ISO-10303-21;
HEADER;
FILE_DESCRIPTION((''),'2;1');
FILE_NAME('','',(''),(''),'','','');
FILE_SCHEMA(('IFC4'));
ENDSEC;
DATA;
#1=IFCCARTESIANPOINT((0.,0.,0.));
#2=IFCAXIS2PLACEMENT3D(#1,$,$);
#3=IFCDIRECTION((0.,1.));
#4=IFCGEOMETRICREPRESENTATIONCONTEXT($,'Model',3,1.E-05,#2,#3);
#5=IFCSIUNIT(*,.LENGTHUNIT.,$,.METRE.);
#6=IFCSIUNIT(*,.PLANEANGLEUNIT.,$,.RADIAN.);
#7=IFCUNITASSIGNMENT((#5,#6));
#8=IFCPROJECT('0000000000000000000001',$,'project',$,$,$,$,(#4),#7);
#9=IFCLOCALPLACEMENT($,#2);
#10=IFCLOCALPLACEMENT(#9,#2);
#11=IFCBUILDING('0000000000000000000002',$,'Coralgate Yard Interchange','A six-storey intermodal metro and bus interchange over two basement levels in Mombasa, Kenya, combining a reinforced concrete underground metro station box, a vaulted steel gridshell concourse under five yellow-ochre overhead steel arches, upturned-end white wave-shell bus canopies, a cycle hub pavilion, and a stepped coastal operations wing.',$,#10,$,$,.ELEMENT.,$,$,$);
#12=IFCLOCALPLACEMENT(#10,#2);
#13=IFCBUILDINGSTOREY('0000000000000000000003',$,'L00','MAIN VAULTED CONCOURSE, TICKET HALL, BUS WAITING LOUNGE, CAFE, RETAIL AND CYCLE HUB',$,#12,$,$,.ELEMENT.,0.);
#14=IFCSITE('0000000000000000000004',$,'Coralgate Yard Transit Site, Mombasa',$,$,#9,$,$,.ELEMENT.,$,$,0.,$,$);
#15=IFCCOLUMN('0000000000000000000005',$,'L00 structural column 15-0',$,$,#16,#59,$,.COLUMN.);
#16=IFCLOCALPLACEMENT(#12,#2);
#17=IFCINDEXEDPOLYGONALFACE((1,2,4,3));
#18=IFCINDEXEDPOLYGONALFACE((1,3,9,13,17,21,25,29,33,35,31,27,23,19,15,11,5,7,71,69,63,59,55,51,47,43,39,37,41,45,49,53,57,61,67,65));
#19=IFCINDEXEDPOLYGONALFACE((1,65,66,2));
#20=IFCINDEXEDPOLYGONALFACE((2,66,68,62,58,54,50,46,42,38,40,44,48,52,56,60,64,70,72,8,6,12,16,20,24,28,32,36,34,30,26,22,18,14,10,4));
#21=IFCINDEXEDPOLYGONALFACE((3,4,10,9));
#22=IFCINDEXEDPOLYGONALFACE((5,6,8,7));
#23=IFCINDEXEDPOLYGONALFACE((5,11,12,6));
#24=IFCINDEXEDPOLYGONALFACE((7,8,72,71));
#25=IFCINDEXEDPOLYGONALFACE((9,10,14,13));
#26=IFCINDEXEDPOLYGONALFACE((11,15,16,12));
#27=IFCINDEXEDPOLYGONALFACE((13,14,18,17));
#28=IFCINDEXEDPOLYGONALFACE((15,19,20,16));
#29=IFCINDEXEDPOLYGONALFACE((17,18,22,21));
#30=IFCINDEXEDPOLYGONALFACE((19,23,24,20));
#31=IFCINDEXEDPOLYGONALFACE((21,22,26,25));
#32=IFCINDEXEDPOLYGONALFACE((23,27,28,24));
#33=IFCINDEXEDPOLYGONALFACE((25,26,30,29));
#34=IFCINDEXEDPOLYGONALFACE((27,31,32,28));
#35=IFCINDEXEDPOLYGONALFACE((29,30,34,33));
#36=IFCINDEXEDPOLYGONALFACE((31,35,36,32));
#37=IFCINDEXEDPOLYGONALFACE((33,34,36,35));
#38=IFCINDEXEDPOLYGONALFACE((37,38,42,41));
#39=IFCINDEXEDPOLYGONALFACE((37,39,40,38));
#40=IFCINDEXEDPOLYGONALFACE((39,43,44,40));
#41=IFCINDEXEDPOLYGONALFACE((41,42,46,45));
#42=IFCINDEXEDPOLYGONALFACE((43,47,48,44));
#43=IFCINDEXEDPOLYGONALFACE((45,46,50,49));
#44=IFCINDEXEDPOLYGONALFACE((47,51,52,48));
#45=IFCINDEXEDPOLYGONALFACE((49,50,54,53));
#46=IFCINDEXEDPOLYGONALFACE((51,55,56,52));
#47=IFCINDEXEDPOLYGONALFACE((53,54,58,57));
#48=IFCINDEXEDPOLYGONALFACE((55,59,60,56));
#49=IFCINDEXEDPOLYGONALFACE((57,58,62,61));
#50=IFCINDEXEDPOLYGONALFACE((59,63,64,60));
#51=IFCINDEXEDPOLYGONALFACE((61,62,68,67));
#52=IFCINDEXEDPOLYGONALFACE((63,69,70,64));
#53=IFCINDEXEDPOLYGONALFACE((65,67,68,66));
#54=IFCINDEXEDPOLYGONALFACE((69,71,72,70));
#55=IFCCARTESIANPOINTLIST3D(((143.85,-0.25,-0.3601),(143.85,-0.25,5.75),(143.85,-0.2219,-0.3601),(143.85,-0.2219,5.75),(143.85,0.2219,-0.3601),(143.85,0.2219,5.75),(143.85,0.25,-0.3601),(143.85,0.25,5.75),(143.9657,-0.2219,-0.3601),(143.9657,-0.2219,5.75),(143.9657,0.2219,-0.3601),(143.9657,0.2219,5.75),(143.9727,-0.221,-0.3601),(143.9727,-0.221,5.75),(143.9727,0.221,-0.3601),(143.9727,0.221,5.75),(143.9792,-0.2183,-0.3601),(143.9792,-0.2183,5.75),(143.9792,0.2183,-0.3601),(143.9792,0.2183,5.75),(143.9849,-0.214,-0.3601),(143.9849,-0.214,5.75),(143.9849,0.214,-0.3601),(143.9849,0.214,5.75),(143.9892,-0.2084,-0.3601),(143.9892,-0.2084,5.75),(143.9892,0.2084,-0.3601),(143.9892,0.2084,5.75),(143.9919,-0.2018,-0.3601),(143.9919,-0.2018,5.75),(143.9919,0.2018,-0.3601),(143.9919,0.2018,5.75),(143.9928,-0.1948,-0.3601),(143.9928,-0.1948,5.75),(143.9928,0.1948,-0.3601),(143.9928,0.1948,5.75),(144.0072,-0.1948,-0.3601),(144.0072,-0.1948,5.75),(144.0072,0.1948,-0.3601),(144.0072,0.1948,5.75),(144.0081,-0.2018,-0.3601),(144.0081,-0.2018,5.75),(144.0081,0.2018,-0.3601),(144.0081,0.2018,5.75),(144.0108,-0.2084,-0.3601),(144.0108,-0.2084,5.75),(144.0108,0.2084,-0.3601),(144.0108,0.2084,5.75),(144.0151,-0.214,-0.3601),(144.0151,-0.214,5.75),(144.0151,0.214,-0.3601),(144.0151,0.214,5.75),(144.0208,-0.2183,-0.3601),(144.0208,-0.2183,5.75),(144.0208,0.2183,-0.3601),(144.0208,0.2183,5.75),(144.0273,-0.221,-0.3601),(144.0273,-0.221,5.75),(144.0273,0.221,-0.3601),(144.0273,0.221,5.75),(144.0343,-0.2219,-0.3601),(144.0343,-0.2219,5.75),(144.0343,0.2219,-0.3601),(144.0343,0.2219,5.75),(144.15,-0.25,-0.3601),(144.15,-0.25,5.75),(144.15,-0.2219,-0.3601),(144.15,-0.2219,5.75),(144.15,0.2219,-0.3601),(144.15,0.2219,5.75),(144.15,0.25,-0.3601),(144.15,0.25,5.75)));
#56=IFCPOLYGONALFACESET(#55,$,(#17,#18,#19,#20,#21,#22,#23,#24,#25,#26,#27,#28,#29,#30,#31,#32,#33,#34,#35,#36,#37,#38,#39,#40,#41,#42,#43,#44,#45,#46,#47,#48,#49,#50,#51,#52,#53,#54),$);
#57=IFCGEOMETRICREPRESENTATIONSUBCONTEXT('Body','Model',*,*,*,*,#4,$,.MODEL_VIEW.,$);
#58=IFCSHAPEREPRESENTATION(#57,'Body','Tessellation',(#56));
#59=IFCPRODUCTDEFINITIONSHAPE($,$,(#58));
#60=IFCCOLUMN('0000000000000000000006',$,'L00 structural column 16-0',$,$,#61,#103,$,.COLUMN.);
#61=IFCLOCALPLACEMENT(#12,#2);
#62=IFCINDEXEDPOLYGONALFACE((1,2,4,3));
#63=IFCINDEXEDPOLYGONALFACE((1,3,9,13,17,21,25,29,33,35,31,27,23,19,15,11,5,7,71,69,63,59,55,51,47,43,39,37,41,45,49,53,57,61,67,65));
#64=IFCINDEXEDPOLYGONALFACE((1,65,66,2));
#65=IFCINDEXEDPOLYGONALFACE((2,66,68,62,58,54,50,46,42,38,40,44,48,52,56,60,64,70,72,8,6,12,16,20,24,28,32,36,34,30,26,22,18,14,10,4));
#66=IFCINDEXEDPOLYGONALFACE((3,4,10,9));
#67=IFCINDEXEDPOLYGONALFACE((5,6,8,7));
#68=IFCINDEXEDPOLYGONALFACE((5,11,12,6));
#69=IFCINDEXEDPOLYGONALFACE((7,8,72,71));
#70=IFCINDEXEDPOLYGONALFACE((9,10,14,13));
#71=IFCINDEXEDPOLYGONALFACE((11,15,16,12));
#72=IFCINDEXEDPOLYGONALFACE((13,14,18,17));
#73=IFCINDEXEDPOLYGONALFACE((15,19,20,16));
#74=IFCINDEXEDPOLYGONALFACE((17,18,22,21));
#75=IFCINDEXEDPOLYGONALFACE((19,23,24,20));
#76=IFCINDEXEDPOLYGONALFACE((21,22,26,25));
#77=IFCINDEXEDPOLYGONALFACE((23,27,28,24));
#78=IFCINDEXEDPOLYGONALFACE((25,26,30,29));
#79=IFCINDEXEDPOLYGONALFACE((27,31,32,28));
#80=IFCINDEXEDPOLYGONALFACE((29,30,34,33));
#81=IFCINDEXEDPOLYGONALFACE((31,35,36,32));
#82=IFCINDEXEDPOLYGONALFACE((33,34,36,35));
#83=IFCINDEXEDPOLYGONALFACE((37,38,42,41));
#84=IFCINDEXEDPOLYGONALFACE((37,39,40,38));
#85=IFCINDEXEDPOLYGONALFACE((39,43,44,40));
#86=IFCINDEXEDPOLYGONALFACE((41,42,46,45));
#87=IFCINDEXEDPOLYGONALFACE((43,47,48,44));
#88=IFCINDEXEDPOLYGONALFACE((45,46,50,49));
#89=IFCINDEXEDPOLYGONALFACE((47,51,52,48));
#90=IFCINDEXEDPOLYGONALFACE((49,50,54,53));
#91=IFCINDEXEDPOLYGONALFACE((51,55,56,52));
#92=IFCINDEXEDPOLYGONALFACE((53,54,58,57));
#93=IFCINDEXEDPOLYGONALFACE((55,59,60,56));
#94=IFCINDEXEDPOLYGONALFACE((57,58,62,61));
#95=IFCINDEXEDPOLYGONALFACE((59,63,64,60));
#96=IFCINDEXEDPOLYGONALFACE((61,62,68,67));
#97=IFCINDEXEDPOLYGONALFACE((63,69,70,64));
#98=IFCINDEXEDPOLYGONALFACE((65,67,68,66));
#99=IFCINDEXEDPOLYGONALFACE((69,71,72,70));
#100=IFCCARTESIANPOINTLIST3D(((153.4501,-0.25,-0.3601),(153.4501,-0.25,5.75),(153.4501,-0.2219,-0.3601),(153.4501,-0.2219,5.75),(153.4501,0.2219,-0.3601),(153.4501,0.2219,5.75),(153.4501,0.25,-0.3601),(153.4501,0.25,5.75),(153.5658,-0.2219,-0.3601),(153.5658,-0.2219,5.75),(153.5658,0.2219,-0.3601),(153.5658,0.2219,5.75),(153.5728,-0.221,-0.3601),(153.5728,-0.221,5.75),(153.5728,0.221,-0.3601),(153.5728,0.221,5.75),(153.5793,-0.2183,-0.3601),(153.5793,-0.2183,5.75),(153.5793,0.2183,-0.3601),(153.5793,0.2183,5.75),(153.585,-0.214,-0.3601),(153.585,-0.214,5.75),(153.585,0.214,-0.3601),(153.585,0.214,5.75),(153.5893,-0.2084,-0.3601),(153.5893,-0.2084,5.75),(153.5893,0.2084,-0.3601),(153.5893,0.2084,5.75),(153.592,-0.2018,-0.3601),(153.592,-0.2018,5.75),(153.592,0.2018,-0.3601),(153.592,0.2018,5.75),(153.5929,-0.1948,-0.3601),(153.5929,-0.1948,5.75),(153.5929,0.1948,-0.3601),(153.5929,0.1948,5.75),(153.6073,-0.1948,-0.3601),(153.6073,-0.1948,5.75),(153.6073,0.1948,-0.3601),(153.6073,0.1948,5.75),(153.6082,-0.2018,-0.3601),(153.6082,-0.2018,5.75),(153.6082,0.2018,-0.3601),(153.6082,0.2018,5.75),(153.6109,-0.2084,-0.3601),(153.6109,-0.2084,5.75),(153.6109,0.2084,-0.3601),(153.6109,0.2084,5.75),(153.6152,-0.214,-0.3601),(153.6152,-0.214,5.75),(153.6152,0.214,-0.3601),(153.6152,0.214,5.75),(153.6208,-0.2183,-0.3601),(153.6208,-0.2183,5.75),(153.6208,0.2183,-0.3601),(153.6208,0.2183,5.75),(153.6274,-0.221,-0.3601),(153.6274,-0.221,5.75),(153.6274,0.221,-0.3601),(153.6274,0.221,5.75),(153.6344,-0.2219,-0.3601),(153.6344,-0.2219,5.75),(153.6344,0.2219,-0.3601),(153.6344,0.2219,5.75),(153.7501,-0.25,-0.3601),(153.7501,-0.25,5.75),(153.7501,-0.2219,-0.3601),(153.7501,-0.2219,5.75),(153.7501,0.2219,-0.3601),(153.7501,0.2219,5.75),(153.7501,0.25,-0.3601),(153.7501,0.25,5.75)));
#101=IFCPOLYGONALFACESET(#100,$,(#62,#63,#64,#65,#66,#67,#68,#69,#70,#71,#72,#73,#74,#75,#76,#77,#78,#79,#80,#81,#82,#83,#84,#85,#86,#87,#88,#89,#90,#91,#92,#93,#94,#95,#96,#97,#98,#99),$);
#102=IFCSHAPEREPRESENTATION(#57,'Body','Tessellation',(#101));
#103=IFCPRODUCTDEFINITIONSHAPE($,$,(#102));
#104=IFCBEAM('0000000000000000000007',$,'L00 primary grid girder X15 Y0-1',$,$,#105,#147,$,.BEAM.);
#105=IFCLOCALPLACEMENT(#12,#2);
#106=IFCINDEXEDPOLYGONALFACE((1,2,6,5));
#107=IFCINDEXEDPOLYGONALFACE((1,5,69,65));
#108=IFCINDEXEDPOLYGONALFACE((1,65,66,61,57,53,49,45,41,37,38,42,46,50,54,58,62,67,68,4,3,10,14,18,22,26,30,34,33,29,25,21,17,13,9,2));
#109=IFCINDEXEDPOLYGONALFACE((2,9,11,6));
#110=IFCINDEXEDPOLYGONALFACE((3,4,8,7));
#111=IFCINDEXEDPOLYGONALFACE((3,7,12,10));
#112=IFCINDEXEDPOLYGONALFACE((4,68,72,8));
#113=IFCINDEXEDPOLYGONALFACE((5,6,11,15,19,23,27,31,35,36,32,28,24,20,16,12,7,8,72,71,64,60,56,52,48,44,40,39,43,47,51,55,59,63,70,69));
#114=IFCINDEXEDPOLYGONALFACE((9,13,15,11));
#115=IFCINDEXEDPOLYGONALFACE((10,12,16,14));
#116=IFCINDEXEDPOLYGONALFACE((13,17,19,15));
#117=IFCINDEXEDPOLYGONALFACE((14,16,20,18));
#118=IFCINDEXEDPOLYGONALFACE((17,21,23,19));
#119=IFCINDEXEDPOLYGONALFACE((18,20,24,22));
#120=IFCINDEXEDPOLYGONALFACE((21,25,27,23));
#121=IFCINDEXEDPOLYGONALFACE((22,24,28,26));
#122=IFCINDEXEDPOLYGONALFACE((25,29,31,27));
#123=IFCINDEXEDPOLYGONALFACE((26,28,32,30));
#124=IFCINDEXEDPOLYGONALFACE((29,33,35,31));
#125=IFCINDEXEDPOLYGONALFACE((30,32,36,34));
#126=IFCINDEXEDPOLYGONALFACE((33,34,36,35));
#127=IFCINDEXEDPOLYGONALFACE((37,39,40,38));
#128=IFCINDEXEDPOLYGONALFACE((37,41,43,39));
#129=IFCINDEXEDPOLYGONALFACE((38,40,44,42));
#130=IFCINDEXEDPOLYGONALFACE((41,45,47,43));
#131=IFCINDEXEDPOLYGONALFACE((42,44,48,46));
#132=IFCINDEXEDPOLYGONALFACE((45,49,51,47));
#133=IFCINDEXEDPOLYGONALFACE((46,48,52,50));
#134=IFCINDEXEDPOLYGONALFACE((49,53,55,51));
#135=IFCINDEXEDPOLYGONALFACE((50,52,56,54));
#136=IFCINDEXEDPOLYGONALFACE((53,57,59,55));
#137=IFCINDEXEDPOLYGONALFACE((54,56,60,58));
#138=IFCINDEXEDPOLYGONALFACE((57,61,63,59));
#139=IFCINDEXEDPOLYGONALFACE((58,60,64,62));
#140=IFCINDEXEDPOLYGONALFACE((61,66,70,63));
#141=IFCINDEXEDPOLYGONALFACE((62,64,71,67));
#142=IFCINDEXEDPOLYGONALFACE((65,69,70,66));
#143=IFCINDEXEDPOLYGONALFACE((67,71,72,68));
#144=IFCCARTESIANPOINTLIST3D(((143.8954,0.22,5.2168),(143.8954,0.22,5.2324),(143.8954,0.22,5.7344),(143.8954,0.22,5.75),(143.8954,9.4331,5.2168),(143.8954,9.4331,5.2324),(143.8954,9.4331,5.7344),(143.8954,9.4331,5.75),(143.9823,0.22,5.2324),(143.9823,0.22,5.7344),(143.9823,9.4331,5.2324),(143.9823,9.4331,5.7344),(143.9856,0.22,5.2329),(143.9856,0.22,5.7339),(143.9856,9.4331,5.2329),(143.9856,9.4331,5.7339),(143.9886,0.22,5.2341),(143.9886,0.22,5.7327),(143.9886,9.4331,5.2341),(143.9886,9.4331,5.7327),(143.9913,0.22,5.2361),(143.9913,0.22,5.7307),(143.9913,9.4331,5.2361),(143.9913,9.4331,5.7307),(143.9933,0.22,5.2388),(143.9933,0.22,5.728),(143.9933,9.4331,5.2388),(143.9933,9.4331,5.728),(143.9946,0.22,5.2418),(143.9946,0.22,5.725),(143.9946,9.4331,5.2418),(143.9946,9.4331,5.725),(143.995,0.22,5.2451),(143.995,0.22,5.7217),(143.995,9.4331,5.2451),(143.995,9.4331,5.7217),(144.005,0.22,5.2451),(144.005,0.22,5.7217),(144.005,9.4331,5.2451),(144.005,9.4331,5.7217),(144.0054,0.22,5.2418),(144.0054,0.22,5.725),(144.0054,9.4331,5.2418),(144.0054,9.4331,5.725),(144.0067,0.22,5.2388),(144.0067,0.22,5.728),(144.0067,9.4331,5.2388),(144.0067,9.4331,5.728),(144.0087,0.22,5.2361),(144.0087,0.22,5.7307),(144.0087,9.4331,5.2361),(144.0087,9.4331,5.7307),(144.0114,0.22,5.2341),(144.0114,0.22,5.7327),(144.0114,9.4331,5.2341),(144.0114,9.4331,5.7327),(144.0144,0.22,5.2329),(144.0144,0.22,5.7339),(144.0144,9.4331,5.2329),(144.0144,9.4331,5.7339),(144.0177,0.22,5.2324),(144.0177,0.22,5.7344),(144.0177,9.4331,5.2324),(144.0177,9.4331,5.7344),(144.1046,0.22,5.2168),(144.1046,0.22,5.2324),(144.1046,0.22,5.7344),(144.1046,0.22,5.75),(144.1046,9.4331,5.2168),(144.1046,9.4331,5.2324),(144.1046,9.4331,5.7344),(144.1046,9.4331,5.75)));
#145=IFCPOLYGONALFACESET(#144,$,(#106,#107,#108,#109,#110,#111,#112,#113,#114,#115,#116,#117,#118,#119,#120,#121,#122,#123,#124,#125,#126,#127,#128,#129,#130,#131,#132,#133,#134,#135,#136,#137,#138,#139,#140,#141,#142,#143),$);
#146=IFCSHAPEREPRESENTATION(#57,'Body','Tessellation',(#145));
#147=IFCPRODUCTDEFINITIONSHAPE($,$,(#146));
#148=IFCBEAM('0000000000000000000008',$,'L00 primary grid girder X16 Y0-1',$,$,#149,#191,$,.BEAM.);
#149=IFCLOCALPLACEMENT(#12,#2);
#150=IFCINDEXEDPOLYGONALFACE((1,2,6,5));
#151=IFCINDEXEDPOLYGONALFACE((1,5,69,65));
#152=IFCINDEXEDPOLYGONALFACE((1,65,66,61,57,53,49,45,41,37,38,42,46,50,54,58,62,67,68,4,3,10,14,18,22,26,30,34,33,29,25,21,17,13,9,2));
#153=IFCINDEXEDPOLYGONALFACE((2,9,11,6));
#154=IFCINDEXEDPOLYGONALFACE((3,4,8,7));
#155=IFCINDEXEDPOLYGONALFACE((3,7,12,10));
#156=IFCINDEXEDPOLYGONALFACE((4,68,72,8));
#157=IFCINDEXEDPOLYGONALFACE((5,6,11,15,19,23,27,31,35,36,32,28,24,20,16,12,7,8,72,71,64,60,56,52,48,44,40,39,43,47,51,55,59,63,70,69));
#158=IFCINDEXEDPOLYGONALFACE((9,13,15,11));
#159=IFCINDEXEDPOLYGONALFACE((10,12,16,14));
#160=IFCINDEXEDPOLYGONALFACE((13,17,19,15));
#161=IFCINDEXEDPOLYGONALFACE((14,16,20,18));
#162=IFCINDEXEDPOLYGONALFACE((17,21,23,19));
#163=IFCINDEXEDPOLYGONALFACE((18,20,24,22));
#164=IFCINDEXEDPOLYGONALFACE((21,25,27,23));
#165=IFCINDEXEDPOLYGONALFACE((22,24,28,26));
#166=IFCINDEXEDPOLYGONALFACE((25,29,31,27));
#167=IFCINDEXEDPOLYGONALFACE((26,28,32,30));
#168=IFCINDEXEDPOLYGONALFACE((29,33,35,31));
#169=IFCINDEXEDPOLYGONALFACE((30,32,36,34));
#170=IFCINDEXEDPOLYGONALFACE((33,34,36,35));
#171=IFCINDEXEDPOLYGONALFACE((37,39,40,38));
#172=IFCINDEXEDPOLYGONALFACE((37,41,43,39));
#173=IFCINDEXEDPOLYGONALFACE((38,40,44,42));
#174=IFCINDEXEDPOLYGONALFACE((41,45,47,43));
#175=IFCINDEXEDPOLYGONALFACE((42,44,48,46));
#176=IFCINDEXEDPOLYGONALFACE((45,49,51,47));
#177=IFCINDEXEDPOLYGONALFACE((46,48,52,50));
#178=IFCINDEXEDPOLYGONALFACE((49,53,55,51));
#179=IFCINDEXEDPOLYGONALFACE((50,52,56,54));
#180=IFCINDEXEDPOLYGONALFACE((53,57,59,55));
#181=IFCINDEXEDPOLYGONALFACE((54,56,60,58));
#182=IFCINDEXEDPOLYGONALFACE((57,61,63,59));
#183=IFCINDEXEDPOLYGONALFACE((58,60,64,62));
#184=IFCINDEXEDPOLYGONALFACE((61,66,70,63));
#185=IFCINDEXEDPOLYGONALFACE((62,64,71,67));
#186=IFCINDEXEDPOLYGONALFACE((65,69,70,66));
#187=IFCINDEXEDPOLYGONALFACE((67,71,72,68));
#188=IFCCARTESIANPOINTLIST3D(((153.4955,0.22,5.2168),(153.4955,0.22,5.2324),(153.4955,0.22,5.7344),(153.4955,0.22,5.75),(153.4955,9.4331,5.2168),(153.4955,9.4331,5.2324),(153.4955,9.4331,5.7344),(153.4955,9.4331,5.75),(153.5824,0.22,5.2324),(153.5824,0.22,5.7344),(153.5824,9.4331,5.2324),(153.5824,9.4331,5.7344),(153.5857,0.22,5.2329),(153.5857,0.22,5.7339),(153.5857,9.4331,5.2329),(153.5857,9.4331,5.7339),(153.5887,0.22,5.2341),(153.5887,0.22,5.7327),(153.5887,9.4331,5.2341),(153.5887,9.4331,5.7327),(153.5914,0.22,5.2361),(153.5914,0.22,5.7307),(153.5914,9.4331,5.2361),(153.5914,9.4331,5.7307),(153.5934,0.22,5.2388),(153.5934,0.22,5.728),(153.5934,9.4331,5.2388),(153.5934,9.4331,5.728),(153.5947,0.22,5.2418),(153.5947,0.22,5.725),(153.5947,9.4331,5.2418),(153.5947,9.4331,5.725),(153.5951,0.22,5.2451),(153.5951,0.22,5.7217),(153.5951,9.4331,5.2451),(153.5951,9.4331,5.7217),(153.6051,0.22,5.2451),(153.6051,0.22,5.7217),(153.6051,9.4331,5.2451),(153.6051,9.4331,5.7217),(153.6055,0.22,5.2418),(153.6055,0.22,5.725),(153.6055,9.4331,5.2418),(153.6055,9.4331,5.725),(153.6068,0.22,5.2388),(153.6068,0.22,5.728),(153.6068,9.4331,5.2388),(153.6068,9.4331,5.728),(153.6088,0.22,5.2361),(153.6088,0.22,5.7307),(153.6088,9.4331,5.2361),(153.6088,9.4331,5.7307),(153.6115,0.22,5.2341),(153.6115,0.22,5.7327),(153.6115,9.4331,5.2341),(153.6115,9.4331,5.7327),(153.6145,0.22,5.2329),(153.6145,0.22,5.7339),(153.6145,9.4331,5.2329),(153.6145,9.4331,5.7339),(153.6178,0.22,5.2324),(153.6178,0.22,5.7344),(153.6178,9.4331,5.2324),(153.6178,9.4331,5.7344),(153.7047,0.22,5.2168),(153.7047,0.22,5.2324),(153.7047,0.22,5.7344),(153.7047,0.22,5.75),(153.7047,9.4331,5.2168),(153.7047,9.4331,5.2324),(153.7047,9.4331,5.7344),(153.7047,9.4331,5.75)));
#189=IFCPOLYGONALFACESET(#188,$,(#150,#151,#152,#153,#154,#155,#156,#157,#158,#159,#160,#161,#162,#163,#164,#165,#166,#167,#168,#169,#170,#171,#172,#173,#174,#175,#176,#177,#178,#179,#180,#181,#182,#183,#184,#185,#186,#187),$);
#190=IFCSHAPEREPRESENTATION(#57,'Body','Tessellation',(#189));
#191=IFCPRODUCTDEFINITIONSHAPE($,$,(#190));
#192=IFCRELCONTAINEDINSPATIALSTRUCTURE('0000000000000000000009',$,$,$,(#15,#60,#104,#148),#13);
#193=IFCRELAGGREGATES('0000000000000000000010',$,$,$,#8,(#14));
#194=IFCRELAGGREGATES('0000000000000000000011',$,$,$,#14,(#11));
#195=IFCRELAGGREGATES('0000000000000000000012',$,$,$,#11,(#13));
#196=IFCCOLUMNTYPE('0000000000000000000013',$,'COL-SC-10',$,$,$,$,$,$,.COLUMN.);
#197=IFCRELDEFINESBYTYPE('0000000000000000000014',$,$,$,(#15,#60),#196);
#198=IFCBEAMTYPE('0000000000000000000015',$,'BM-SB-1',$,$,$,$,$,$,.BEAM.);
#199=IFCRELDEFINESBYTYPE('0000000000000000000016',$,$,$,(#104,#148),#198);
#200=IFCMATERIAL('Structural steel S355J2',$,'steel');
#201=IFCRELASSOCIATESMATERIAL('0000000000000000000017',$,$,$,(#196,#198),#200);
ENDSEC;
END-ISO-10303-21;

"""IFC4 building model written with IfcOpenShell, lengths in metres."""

from ifc_helpers import new_model, si_unit, direction, frame, origin, origin_2d, place, context, subcontext, project, spatial, i_section, extrude, material, material_profile, profile_set, type_object, element, save


model = new_model("IFC4")

# Units and contexts
model_context = context("Model", 3, precision=1e-05, world=origin(), true_north=direction((0.0, 1.0)))
body_context = subcontext(model_context, "Body", "Model", "MODEL_VIEW")
ifc_project = project(units=[si_unit("LENGTHUNIT", "METRE"), si_unit("PLANEANGLEUNIT", "RADIAN")], contexts=[model_context])

# Site, building, storey
site_placement = place(None, origin())
site = spatial("IfcSite", under=ifc_project, at=site_placement, Name="Coralgate Yard Transit Site, Mombasa", CompositionType="ELEMENT", RefElevation=0.0)
building_placement = place(site_placement, origin())
building = spatial("IfcBuilding", under=site, at=building_placement, Name="Coralgate Yard Interchange", Description="A six-storey intermodal metro and bus interchange over two basement levels in Mombasa, Kenya, combining a reinforced concrete underground metro station box, a vaulted steel gridshell concourse under five yellow-ochre overhead steel arches, upturned-end white wave-shell bus canopies, a cycle hub pavilion, and a stepped coastal operations wing.", CompositionType="ELEMENT")
storey_placement = place(building_placement, origin())
storey = spatial("IfcBuildingStorey", under=building, at=storey_placement, Name="L00", Description="MAIN VAULTED CONCOURSE, TICKET HALL, BUS WAITING LOUNGE, CAFE, RETAIL AND CYCLE HUB", CompositionType="ELEMENT", Elevation=0.0)

# Columns
ifc_material_1 = material(Name="Structural steel S355J2", Category="steel")
ifc_material_profile_1 = material_profile(ifc_material_1, i_section(OverallWidth=0.3, OverallDepth=0.5, WebThickness=0.0144, FlangeThickness=0.0281, FilletRadius=0.0271, at=origin_2d()), Name="HEB 500")
ifc_profile_set_1 = profile_set([ifc_material_profile_1], Name="Structural steel S355J2")
column_type_1 = type_object("IfcColumnType", Name="COL-SC-10", PredefinedType="COLUMN", material=ifc_profile_set_1)
for number, where, z_axis, x_axis, name in (
    (1, (144.0, 0.0, -0.3601), (0.0, 0.0, 1.0), (1.0, 0.0, 0.0), "L00 structural column 15-0"),
    (2, (153.6001, 0.0, -0.3601), (0.0, 0.0, 1.0), (1.0, 0.0, 0.0), "L00 structural column 16-0"),
):
    element("IfcColumn", number, at=place(storey_placement, frame(where, z_axis=z_axis, x_axis=x_axis)), inside=storey, type_object=column_type_1, Name=name, PredefinedType="COLUMN", context=body_context, shape_type="SweptSolid", body=[
        extrude(i_section(OverallWidth=0.3, OverallDepth=0.5, WebThickness=0.0144, FlangeThickness=0.0281, FilletRadius=0.0271, at=origin_2d()), origin(), (0.0, 0.0, 1.0), 6.1101),
    ])

# Beams
ifc_material_profile_2 = material_profile(ifc_material_1, i_section(OverallWidth=0.2092, OverallDepth=0.5332, WebThickness=0.01, FlangeThickness=0.0156, FilletRadius=0.0127, at=origin_2d()), Name="UB 533x210x92")
ifc_profile_set_2 = profile_set([ifc_material_profile_2], Name="Structural steel S355J2")
beam_type_1 = type_object("IfcBeamType", Name="BM-SB-1", PredefinedType="BEAM", material=ifc_profile_set_2)
for number, where, z_axis, x_axis, name in (
    (3, (144.0, 0.22, 5.4834), (0.0, 1.0, 0.0), (-1.0, 0.0, 0.0), "L00 primary grid girder X15 Y0-1"),
    (4, (153.6001, 0.22, 5.4834), (0.0, 1.0, 0.0), (-1.0, 0.0, 0.0), "L00 primary grid girder X16 Y0-1"),
):
    element("IfcBeam", number, at=place(storey_placement, frame(where, z_axis=z_axis, x_axis=x_axis)), inside=storey, type_object=beam_type_1, Name=name, PredefinedType="BEAM", context=body_context, shape_type="SweptSolid", body=[
        extrude(i_section(OverallWidth=0.2092, OverallDepth=0.5332, WebThickness=0.01, FlangeThickness=0.0156, FilletRadius=0.0127, at=origin_2d()), origin(), (0.0, 0.0, 1.0), 9.2131),
    ])

save(model, "model.ifc")
